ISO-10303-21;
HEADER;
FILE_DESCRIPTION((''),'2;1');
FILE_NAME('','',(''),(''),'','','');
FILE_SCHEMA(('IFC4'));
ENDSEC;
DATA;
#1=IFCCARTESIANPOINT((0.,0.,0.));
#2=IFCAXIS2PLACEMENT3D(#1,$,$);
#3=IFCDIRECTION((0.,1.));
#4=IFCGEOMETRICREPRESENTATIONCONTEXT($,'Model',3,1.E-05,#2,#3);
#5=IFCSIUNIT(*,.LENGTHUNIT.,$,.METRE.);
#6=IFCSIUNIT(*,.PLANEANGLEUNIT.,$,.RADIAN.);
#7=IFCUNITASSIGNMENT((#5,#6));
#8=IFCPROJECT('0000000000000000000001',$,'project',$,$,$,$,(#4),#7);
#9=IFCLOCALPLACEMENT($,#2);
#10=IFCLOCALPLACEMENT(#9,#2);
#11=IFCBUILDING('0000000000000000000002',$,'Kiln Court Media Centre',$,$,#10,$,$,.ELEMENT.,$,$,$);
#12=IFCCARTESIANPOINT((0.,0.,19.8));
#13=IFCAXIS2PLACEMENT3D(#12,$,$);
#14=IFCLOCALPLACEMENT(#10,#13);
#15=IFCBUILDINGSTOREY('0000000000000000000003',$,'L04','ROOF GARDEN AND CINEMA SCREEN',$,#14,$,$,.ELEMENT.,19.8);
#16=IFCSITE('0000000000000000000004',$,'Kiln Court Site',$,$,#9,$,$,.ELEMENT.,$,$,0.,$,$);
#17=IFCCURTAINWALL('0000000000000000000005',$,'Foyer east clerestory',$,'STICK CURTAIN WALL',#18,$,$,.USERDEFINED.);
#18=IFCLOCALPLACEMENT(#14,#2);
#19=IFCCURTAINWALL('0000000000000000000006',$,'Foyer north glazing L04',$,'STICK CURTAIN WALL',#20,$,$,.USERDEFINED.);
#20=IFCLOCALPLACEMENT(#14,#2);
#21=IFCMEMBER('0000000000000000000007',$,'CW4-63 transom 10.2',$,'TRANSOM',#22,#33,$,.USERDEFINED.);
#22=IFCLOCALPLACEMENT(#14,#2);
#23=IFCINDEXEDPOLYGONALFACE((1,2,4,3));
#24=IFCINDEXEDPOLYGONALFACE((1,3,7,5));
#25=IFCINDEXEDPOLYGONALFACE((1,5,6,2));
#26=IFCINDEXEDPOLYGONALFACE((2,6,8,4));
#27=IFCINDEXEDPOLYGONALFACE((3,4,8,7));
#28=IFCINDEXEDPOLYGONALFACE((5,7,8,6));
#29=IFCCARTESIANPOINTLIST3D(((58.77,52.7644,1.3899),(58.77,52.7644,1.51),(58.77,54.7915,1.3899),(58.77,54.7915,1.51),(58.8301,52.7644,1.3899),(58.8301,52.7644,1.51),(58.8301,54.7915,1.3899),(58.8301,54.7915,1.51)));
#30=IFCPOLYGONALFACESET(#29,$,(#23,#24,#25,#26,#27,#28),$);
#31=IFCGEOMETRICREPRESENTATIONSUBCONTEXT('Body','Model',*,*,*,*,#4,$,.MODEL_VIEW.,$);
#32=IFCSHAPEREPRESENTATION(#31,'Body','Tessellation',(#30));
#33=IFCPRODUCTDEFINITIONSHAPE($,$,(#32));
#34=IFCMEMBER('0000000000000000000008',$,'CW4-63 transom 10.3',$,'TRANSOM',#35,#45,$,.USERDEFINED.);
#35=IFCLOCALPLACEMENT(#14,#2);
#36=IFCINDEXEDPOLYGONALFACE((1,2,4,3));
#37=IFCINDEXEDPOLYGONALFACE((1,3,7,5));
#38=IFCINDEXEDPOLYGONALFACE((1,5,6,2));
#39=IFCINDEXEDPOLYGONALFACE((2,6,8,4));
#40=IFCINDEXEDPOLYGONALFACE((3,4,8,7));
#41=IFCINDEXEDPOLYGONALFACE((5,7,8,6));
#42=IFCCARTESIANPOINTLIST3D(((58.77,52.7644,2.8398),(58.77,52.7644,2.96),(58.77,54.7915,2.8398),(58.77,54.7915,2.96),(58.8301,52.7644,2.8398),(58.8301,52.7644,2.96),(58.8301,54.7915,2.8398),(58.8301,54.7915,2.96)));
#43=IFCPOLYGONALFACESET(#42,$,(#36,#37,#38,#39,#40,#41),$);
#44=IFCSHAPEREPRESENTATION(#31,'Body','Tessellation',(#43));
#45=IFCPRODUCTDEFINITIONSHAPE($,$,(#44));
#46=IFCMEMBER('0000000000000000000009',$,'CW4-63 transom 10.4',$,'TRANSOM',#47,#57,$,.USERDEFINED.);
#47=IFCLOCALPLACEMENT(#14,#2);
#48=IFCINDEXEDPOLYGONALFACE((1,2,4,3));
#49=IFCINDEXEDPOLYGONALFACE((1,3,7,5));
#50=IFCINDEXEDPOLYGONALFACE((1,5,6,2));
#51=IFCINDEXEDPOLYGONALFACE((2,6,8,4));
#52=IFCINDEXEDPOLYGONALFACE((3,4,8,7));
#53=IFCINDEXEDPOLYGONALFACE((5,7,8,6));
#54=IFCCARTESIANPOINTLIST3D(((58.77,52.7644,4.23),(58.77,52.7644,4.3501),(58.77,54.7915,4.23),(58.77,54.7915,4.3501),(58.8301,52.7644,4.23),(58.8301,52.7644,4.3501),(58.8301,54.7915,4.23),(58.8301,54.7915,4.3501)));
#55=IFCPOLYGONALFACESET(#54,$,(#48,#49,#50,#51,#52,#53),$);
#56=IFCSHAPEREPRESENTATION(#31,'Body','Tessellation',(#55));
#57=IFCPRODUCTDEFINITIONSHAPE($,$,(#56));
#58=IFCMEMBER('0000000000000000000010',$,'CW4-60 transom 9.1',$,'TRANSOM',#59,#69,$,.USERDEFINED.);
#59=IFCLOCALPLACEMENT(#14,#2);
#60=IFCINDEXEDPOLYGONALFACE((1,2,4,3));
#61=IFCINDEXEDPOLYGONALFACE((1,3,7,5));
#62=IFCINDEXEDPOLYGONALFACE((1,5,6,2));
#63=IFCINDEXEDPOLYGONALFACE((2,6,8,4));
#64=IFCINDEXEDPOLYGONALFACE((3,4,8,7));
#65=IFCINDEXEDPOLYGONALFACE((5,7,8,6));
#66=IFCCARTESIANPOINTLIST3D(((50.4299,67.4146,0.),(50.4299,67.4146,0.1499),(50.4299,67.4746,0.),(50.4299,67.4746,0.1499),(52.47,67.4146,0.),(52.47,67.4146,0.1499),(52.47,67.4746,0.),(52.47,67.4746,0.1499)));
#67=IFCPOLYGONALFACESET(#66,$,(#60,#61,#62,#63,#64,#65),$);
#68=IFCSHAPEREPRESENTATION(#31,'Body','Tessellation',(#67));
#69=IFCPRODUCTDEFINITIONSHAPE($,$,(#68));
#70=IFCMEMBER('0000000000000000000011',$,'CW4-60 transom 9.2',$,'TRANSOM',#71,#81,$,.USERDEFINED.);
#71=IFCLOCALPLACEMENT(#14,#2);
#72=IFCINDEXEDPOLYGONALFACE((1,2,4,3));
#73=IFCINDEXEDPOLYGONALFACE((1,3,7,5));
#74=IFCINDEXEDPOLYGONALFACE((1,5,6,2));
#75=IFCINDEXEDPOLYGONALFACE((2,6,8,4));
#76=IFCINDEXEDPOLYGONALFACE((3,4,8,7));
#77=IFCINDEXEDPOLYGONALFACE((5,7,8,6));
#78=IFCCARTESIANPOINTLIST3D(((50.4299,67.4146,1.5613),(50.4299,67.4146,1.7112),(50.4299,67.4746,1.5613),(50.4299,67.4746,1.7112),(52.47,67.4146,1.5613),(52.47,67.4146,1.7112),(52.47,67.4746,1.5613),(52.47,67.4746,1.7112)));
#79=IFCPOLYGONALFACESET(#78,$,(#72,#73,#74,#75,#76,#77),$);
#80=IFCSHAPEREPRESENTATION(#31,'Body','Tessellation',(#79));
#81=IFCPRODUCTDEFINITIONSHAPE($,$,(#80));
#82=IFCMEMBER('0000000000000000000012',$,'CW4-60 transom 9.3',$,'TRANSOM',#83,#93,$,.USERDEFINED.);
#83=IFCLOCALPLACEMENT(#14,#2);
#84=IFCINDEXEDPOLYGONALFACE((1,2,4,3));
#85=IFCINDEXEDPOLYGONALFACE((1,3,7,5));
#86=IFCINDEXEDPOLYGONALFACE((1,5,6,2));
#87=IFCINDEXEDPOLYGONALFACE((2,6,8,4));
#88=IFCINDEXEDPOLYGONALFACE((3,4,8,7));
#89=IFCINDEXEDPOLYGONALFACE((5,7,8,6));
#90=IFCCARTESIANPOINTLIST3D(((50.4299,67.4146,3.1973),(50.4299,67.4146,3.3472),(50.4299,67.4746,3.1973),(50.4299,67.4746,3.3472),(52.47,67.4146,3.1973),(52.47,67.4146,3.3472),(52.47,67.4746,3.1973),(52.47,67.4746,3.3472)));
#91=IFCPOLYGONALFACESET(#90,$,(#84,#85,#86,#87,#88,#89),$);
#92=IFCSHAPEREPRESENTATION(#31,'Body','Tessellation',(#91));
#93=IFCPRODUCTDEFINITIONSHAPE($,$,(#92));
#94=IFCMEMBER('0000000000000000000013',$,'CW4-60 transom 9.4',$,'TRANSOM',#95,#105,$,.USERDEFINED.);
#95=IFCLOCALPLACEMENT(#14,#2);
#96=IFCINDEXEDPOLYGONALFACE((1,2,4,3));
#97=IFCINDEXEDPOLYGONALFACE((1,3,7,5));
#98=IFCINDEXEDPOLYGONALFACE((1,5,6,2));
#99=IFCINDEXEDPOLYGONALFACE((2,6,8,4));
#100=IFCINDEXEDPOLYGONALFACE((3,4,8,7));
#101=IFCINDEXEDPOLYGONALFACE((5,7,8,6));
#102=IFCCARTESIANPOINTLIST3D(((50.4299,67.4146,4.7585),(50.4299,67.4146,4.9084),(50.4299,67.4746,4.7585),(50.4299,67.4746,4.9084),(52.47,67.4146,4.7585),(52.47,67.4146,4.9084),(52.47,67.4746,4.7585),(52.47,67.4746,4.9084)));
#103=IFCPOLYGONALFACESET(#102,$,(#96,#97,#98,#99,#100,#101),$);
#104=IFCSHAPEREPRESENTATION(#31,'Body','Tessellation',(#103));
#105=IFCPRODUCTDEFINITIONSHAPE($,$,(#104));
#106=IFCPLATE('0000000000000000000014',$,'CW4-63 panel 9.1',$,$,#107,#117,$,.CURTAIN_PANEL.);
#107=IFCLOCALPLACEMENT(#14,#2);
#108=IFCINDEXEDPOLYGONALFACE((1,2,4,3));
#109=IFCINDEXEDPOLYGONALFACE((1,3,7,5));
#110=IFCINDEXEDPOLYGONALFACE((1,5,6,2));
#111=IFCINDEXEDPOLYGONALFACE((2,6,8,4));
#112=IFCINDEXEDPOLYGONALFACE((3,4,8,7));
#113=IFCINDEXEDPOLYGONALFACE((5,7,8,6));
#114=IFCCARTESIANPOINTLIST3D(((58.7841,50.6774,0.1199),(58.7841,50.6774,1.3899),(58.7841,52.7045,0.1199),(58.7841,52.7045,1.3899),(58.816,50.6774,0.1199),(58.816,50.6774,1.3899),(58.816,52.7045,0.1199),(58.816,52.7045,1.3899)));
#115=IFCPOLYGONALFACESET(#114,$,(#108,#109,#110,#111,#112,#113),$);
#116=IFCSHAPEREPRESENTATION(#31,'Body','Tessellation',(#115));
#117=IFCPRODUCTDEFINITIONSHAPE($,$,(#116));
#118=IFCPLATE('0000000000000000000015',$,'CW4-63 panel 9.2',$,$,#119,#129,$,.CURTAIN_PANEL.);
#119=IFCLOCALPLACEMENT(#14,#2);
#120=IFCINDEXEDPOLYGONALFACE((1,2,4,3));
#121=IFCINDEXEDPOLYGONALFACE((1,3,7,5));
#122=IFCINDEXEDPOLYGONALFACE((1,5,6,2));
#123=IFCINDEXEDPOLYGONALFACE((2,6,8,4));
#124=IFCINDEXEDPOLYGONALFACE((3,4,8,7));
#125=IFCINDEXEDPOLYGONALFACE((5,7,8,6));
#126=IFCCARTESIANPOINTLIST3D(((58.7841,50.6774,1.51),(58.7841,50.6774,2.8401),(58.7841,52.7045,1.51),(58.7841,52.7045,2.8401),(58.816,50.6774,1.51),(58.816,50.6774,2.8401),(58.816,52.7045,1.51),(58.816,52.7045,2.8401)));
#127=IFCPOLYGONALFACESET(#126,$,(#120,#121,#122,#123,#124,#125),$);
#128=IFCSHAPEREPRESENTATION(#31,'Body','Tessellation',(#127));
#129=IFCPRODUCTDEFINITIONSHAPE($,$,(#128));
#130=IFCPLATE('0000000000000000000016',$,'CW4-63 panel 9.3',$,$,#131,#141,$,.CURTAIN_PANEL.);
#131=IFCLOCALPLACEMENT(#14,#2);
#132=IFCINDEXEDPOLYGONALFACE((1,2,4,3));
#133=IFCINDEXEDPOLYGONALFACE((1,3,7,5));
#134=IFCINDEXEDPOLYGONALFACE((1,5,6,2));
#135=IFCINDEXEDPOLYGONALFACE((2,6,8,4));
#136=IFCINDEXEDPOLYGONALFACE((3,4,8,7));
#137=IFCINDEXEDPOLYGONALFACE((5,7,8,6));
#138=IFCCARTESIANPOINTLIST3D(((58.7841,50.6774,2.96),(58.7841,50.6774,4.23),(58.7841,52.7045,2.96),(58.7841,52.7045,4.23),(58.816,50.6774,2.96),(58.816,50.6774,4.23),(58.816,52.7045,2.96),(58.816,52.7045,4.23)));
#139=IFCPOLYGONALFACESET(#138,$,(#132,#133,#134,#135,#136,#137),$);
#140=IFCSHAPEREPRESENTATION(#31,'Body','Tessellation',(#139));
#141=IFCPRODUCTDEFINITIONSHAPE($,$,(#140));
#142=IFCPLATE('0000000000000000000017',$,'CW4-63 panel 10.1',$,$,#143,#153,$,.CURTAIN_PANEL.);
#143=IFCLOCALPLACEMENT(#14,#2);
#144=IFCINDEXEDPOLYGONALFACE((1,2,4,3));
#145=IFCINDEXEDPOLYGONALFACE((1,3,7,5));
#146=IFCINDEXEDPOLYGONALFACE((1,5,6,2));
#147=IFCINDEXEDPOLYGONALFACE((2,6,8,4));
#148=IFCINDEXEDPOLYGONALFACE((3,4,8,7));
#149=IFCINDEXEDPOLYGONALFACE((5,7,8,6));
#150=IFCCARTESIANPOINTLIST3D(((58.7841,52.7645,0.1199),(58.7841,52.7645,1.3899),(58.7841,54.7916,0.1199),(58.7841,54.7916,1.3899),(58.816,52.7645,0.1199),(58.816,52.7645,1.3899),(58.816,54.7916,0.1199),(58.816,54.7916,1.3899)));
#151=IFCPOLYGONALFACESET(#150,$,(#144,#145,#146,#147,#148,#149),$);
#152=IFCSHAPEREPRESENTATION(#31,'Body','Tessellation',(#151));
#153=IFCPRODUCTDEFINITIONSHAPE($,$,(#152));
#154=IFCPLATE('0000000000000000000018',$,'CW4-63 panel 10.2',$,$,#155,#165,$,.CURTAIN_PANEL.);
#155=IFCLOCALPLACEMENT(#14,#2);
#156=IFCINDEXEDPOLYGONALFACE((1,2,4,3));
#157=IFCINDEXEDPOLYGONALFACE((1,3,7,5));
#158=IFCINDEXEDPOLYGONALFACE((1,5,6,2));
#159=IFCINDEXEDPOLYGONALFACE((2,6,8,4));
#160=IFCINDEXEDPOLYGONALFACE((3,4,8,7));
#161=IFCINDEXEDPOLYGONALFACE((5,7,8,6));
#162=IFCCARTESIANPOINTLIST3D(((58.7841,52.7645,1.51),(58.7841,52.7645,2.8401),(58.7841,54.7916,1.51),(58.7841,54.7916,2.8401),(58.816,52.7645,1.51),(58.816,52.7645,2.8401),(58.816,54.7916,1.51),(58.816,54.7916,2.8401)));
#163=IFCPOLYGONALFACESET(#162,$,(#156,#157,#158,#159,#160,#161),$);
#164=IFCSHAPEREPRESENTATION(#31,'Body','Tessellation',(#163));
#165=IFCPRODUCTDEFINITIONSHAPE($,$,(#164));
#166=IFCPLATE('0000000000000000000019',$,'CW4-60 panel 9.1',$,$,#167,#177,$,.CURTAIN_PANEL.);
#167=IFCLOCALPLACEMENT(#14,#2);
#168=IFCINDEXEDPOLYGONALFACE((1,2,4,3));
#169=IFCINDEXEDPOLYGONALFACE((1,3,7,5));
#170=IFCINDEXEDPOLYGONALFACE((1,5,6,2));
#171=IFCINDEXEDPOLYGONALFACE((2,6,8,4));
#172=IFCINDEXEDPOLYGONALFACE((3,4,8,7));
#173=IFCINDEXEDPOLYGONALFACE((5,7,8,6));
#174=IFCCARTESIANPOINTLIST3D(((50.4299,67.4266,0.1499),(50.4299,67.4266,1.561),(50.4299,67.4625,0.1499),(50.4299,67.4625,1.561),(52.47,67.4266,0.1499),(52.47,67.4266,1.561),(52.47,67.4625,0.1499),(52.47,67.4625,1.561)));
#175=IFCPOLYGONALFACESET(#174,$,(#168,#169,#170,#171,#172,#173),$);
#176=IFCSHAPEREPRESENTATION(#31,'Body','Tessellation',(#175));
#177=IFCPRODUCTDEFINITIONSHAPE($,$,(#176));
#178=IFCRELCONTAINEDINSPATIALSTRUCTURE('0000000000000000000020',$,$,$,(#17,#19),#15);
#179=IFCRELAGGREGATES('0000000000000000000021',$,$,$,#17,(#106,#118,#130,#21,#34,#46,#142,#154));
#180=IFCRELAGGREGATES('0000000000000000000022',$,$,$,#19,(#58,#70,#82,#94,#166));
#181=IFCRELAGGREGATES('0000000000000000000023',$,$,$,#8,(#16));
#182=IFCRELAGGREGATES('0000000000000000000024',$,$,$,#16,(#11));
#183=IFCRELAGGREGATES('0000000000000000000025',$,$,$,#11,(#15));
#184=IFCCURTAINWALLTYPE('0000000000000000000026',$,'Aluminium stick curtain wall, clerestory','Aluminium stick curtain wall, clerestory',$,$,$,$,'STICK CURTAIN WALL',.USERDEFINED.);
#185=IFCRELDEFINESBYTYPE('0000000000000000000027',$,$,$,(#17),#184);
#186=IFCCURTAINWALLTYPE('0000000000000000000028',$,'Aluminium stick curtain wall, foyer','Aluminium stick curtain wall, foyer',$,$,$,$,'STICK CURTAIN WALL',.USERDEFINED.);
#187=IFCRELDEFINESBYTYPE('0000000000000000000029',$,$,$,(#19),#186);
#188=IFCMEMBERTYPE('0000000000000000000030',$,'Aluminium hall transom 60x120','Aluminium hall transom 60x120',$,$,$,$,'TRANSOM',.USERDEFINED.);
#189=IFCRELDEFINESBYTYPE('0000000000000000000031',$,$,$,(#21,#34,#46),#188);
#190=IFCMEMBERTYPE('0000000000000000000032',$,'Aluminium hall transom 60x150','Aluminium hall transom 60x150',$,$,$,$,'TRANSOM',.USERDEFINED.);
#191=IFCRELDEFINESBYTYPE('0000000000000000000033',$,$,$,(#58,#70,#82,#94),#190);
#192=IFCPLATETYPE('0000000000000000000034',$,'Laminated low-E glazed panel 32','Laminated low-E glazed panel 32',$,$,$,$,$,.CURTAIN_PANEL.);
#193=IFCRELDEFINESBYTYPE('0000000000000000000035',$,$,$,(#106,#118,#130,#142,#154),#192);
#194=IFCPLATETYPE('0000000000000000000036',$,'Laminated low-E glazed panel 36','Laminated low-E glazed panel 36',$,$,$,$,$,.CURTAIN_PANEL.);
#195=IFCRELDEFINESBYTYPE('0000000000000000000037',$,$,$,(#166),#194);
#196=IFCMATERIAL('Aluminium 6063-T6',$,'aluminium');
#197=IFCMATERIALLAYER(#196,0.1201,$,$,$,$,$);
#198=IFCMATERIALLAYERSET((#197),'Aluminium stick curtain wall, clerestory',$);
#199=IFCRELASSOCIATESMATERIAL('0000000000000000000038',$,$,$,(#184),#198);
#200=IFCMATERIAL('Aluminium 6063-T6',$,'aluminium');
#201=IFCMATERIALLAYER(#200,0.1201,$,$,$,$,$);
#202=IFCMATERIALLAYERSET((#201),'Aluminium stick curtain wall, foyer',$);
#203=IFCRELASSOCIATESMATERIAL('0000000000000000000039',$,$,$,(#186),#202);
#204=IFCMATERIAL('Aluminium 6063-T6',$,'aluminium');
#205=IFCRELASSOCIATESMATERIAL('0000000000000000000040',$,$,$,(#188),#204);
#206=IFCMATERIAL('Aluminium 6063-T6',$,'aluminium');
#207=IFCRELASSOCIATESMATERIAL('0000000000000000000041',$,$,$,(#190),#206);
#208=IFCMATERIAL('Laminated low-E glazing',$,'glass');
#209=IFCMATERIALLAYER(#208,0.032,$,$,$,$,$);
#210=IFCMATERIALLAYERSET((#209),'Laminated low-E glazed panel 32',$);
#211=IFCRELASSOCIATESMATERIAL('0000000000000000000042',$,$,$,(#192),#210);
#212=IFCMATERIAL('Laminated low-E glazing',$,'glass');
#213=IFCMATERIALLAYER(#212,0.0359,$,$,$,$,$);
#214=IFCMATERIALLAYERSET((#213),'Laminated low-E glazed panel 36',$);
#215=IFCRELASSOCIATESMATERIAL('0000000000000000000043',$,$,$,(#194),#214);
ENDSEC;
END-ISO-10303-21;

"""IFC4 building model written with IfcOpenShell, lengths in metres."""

from ifc_helpers import new_model, si_unit, direction, frame, origin, origin_2d, place, context, subcontext, project, spatial, rectangle, extrude, material, layer, layer_set, material_profile, profile_set, type_object, element, aggregate, save


model = new_model("IFC4")

# Units and contexts
model_context = context("Model", 3, precision=1e-05, world=origin(), true_north=direction((0.0, 1.0)))
body_context = subcontext(model_context, "Body", "Model", "MODEL_VIEW")
ifc_project = project(units=[si_unit("LENGTHUNIT", "METRE"), si_unit("PLANEANGLEUNIT", "RADIAN")], contexts=[model_context])

# Site, building, storey
site_placement = place(None, origin())
site = spatial("IfcSite", under=ifc_project, at=site_placement, Name="Kiln Court Site", CompositionType="ELEMENT", RefElevation=0.0)
building_placement = place(site_placement, origin())
building = spatial("IfcBuilding", under=site, at=building_placement, Name="Kiln Court Media Centre", CompositionType="ELEMENT")
storey_placement = place(building_placement, frame((0.0, 0.0, 19.8)))
storey = spatial("IfcBuildingStorey", under=building, at=storey_placement, Name="L04", Description="ROOF GARDEN AND CINEMA SCREEN", CompositionType="ELEMENT", Elevation=19.8)

# Curtain wall
ifc_material_1 = material(Name="Aluminium 6063-T6", Category="aluminium")
ifc_layer_1 = layer(ifc_material_1, 0.1201)
ifc_layer_set_1 = layer_set([ifc_layer_1], Name="Aluminium stick curtain wall, clerestory")
curtain_wall_type_1 = type_object("IfcCurtainWallType", Name="Aluminium stick curtain wall, clerestory", Description="Aluminium stick curtain wall, clerestory", ElementType="STICK CURTAIN WALL", PredefinedType="USERDEFINED", material=ifc_layer_set_1)
curtain_wall_1_placement = place(storey_placement, origin())
curtain_wall_1 = element("IfcCurtainWall", 1, at=curtain_wall_1_placement, inside=storey, type_object=curtain_wall_type_1, Name="Foyer east clerestory", ObjectType="STICK CURTAIN WALL", PredefinedType="USERDEFINED")

# Curtain wall
ifc_material_2 = material(Name="Aluminium 6063-T6", Category="aluminium")
ifc_layer_2 = layer(ifc_material_2, 0.1201)
ifc_layer_set_2 = layer_set([ifc_layer_2], Name="Aluminium stick curtain wall, foyer")
curtain_wall_type_2 = type_object("IfcCurtainWallType", Name="Aluminium stick curtain wall, foyer", Description="Aluminium stick curtain wall, foyer", ElementType="STICK CURTAIN WALL", PredefinedType="USERDEFINED", material=ifc_layer_set_2)
curtain_wall_2_placement = place(storey_placement, origin())
curtain_wall_2 = element("IfcCurtainWall", 2, at=curtain_wall_2_placement, inside=storey, type_object=curtain_wall_type_2, Name="Foyer north glazing L04", ObjectType="STICK CURTAIN WALL", PredefinedType="USERDEFINED")

# Members
ifc_material_3 = material(Name="Aluminium 6063-T6", Category="aluminium")
ifc_material_profile_1 = material_profile(ifc_material_3, rectangle(XDim=0.0601, YDim=0.1201, at=origin_2d()), Name="Aluminium hall transom 60x120")
ifc_profile_set_1 = profile_set([ifc_material_profile_1], Name="Aluminium 6063-T6")
member_type_1 = type_object("IfcMemberType", Name="Aluminium hall transom 60x120", Description="Aluminium hall transom 60x120", ElementType="TRANSOM", PredefinedType="USERDEFINED", material=ifc_profile_set_1)
member_1_placement = place(storey_placement, frame((58.8, 52.7644, 1.45), z_axis=(0.0, 1.0, 0.0), x_axis=(-1.0, 0.0, 0.0)))
member_1 = element("IfcMember", 3, at=member_1_placement, type_object=member_type_1, Name="CW4-63 transom 10.2", ObjectType="TRANSOM", PredefinedType="USERDEFINED", context=body_context, shape_type="SweptSolid", body=[
    extrude(rectangle(XDim=0.0601, YDim=0.1201, at=origin_2d()), origin(), (0.0, 0.0, 1.0), 2.0271),
])
member_2_placement = place(storey_placement, frame((58.8, 52.7644, 2.8999), z_axis=(0.0, 1.0, 0.0), x_axis=(-1.0, 0.0, 0.0)))
member_2 = element("IfcMember", 4, at=member_2_placement, type_object=member_type_1, Name="CW4-63 transom 10.3", ObjectType="TRANSOM", PredefinedType="USERDEFINED", context=body_context, shape_type="SweptSolid", body=[
    extrude(rectangle(XDim=0.0601, YDim=0.1201, at=origin_2d()), origin(), (0.0, 0.0, 1.0), 2.0271),
])
member_3_placement = place(storey_placement, frame((58.8, 52.7644, 4.29), z_axis=(0.0, 1.0, 0.0), x_axis=(-1.0, 0.0, 0.0)))
member_3 = element("IfcMember", 5, at=member_3_placement, type_object=member_type_1, Name="CW4-63 transom 10.4", ObjectType="TRANSOM", PredefinedType="USERDEFINED", context=body_context, shape_type="SweptSolid", body=[
    extrude(rectangle(XDim=0.0601, YDim=0.1201, at=origin_2d()), origin(), (0.0, 0.0, 1.0), 2.0271),
])
ifc_material_4 = material(Name="Aluminium 6063-T6", Category="aluminium")
ifc_material_profile_2 = material_profile(ifc_material_4, rectangle(XDim=0.0601, YDim=0.1499, at=origin_2d()), Name="Aluminium hall transom 60x150")
ifc_profile_set_2 = profile_set([ifc_material_profile_2], Name="Aluminium 6063-T6")
member_type_2 = type_object("IfcMemberType", Name="Aluminium hall transom 60x150", Description="Aluminium hall transom 60x150", ElementType="TRANSOM", PredefinedType="USERDEFINED", material=ifc_profile_set_2)
member_4_placement = place(storey_placement, frame((50.4299, 67.4446, 0.075), z_axis=(1.0, 0.0, 0.0), x_axis=(0.0, 1.0, 0.0)))
member_4 = element("IfcMember", 6, at=member_4_placement, type_object=member_type_2, Name="CW4-60 transom 9.1", ObjectType="TRANSOM", PredefinedType="USERDEFINED", context=body_context, shape_type="SweptSolid", body=[
    extrude(rectangle(XDim=0.0601, YDim=0.1499, at=origin_2d()), origin(), (0.0, 0.0, 1.0), 2.04),
])
member_5_placement = place(storey_placement, frame((50.4299, 67.4446, 1.6362), z_axis=(1.0, 0.0, 0.0), x_axis=(0.0, 1.0, 0.0)))
member_5 = element("IfcMember", 7, at=member_5_placement, type_object=member_type_2, Name="CW4-60 transom 9.2", ObjectType="TRANSOM", PredefinedType="USERDEFINED", context=body_context, shape_type="SweptSolid", body=[
    extrude(rectangle(XDim=0.0601, YDim=0.1499, at=origin_2d()), origin(), (0.0, 0.0, 1.0), 2.04),
])
member_6_placement = place(storey_placement, frame((50.4299, 67.4446, 3.2722), z_axis=(1.0, 0.0, 0.0), x_axis=(0.0, 1.0, 0.0)))
member_6 = element("IfcMember", 8, at=member_6_placement, type_object=member_type_2, Name="CW4-60 transom 9.3", ObjectType="TRANSOM", PredefinedType="USERDEFINED", context=body_context, shape_type="SweptSolid", body=[
    extrude(rectangle(XDim=0.0601, YDim=0.1499, at=origin_2d()), origin(), (0.0, 0.0, 1.0), 2.04),
])
member_7_placement = place(storey_placement, frame((50.4299, 67.4446, 4.8335), z_axis=(1.0, 0.0, 0.0), x_axis=(0.0, 1.0, 0.0)))
member_7 = element("IfcMember", 9, at=member_7_placement, type_object=member_type_2, Name="CW4-60 transom 9.4", ObjectType="TRANSOM", PredefinedType="USERDEFINED", context=body_context, shape_type="SweptSolid", body=[
    extrude(rectangle(XDim=0.0601, YDim=0.1499, at=origin_2d()), origin(), (0.0, 0.0, 1.0), 2.04),
])

# Plates
ifc_material_5 = material(Name="Laminated low-E glazing", Category="glass")
ifc_layer_3 = layer(ifc_material_5, 0.032)
ifc_layer_set_3 = layer_set([ifc_layer_3], Name="Laminated low-E glazed panel 32")
plate_type_1 = type_object("IfcPlateType", Name="Laminated low-E glazed panel 32", Description="Laminated low-E glazed panel 32", PredefinedType="CURTAIN_PANEL", material=ifc_layer_set_3)
plate_1_placement = place(storey_placement, frame((58.8, 51.6909, 0.1199), z_axis=(0.0, 0.0, 1.0), x_axis=(0.0, 1.0, 0.0)))
plate_1 = element("IfcPlate", 10, at=plate_1_placement, type_object=plate_type_1, Name="CW4-63 panel 9.1", PredefinedType="CURTAIN_PANEL", context=body_context, shape_type="SweptSolid", body=[
    extrude(rectangle(XDim=2.0271, YDim=0.032, at=origin_2d()), origin(), (0.0, 0.0, 1.0), 1.27),
])
plate_2_placement = place(storey_placement, frame((58.8, 51.6909, 1.51), z_axis=(0.0, 0.0, 1.0), x_axis=(0.0, 1.0, 0.0)))
plate_2 = element("IfcPlate", 11, at=plate_2_placement, type_object=plate_type_1, Name="CW4-63 panel 9.2", PredefinedType="CURTAIN_PANEL", context=body_context, shape_type="SweptSolid", body=[
    extrude(rectangle(XDim=2.0271, YDim=0.032, at=origin_2d()), origin(), (0.0, 0.0, 1.0), 1.3301),
])
plate_3_placement = place(storey_placement, frame((58.8, 51.6909, 2.96), z_axis=(0.0, 0.0, 1.0), x_axis=(0.0, 1.0, 0.0)))
plate_3 = element("IfcPlate", 12, at=plate_3_placement, type_object=plate_type_1, Name="CW4-63 panel 9.3", PredefinedType="CURTAIN_PANEL", context=body_context, shape_type="SweptSolid", body=[
    extrude(rectangle(XDim=2.0271, YDim=0.032, at=origin_2d()), origin(), (0.0, 0.0, 1.0), 1.27),
])
plate_4_placement = place(storey_placement, frame((58.8, 53.7781, 0.1199), z_axis=(0.0, 0.0, 1.0), x_axis=(0.0, 1.0, 0.0)))
plate_4 = element("IfcPlate", 13, at=plate_4_placement, type_object=plate_type_1, Name="CW4-63 panel 10.1", PredefinedType="CURTAIN_PANEL", context=body_context, shape_type="SweptSolid", body=[
    extrude(rectangle(XDim=2.0271, YDim=0.032, at=origin_2d()), origin(), (0.0, 0.0, 1.0), 1.27),
])
plate_5_placement = place(storey_placement, frame((58.8, 53.7781, 1.51), z_axis=(0.0, 0.0, 1.0), x_axis=(0.0, 1.0, 0.0)))
plate_5 = element("IfcPlate", 14, at=plate_5_placement, type_object=plate_type_1, Name="CW4-63 panel 10.2", PredefinedType="CURTAIN_PANEL", context=body_context, shape_type="SweptSolid", body=[
    extrude(rectangle(XDim=2.0271, YDim=0.032, at=origin_2d()), origin(), (0.0, 0.0, 1.0), 1.3301),
])
aggregate(curtain_wall_1, [plate_1, plate_2, plate_3, member_1, member_2, member_3, plate_4, plate_5])
ifc_material_6 = material(Name="Laminated low-E glazing", Category="glass")
ifc_layer_4 = layer(ifc_material_6, 0.0359)
ifc_layer_set_4 = layer_set([ifc_layer_4], Name="Laminated low-E glazed panel 36")
plate_type_2 = type_object("IfcPlateType", Name="Laminated low-E glazed panel 36", Description="Laminated low-E glazed panel 36", PredefinedType="CURTAIN_PANEL", material=ifc_layer_set_4)
plate_6_placement = place(storey_placement, frame((51.45, 67.4446, 0.1499), z_axis=(0.0, 0.0, 1.0), x_axis=(1.0, 0.0, 0.0)))
plate_6 = element("IfcPlate", 15, at=plate_6_placement, type_object=plate_type_2, Name="CW4-60 panel 9.1", PredefinedType="CURTAIN_PANEL", context=body_context, shape_type="SweptSolid", body=[
    extrude(rectangle(XDim=2.04, YDim=0.0359, at=origin_2d()), origin(), (0.0, 0.0, 1.0), 1.4111),
])
aggregate(curtain_wall_2, [member_4, member_5, member_6, member_7, plate_6])

save(model, "model.ifc")
